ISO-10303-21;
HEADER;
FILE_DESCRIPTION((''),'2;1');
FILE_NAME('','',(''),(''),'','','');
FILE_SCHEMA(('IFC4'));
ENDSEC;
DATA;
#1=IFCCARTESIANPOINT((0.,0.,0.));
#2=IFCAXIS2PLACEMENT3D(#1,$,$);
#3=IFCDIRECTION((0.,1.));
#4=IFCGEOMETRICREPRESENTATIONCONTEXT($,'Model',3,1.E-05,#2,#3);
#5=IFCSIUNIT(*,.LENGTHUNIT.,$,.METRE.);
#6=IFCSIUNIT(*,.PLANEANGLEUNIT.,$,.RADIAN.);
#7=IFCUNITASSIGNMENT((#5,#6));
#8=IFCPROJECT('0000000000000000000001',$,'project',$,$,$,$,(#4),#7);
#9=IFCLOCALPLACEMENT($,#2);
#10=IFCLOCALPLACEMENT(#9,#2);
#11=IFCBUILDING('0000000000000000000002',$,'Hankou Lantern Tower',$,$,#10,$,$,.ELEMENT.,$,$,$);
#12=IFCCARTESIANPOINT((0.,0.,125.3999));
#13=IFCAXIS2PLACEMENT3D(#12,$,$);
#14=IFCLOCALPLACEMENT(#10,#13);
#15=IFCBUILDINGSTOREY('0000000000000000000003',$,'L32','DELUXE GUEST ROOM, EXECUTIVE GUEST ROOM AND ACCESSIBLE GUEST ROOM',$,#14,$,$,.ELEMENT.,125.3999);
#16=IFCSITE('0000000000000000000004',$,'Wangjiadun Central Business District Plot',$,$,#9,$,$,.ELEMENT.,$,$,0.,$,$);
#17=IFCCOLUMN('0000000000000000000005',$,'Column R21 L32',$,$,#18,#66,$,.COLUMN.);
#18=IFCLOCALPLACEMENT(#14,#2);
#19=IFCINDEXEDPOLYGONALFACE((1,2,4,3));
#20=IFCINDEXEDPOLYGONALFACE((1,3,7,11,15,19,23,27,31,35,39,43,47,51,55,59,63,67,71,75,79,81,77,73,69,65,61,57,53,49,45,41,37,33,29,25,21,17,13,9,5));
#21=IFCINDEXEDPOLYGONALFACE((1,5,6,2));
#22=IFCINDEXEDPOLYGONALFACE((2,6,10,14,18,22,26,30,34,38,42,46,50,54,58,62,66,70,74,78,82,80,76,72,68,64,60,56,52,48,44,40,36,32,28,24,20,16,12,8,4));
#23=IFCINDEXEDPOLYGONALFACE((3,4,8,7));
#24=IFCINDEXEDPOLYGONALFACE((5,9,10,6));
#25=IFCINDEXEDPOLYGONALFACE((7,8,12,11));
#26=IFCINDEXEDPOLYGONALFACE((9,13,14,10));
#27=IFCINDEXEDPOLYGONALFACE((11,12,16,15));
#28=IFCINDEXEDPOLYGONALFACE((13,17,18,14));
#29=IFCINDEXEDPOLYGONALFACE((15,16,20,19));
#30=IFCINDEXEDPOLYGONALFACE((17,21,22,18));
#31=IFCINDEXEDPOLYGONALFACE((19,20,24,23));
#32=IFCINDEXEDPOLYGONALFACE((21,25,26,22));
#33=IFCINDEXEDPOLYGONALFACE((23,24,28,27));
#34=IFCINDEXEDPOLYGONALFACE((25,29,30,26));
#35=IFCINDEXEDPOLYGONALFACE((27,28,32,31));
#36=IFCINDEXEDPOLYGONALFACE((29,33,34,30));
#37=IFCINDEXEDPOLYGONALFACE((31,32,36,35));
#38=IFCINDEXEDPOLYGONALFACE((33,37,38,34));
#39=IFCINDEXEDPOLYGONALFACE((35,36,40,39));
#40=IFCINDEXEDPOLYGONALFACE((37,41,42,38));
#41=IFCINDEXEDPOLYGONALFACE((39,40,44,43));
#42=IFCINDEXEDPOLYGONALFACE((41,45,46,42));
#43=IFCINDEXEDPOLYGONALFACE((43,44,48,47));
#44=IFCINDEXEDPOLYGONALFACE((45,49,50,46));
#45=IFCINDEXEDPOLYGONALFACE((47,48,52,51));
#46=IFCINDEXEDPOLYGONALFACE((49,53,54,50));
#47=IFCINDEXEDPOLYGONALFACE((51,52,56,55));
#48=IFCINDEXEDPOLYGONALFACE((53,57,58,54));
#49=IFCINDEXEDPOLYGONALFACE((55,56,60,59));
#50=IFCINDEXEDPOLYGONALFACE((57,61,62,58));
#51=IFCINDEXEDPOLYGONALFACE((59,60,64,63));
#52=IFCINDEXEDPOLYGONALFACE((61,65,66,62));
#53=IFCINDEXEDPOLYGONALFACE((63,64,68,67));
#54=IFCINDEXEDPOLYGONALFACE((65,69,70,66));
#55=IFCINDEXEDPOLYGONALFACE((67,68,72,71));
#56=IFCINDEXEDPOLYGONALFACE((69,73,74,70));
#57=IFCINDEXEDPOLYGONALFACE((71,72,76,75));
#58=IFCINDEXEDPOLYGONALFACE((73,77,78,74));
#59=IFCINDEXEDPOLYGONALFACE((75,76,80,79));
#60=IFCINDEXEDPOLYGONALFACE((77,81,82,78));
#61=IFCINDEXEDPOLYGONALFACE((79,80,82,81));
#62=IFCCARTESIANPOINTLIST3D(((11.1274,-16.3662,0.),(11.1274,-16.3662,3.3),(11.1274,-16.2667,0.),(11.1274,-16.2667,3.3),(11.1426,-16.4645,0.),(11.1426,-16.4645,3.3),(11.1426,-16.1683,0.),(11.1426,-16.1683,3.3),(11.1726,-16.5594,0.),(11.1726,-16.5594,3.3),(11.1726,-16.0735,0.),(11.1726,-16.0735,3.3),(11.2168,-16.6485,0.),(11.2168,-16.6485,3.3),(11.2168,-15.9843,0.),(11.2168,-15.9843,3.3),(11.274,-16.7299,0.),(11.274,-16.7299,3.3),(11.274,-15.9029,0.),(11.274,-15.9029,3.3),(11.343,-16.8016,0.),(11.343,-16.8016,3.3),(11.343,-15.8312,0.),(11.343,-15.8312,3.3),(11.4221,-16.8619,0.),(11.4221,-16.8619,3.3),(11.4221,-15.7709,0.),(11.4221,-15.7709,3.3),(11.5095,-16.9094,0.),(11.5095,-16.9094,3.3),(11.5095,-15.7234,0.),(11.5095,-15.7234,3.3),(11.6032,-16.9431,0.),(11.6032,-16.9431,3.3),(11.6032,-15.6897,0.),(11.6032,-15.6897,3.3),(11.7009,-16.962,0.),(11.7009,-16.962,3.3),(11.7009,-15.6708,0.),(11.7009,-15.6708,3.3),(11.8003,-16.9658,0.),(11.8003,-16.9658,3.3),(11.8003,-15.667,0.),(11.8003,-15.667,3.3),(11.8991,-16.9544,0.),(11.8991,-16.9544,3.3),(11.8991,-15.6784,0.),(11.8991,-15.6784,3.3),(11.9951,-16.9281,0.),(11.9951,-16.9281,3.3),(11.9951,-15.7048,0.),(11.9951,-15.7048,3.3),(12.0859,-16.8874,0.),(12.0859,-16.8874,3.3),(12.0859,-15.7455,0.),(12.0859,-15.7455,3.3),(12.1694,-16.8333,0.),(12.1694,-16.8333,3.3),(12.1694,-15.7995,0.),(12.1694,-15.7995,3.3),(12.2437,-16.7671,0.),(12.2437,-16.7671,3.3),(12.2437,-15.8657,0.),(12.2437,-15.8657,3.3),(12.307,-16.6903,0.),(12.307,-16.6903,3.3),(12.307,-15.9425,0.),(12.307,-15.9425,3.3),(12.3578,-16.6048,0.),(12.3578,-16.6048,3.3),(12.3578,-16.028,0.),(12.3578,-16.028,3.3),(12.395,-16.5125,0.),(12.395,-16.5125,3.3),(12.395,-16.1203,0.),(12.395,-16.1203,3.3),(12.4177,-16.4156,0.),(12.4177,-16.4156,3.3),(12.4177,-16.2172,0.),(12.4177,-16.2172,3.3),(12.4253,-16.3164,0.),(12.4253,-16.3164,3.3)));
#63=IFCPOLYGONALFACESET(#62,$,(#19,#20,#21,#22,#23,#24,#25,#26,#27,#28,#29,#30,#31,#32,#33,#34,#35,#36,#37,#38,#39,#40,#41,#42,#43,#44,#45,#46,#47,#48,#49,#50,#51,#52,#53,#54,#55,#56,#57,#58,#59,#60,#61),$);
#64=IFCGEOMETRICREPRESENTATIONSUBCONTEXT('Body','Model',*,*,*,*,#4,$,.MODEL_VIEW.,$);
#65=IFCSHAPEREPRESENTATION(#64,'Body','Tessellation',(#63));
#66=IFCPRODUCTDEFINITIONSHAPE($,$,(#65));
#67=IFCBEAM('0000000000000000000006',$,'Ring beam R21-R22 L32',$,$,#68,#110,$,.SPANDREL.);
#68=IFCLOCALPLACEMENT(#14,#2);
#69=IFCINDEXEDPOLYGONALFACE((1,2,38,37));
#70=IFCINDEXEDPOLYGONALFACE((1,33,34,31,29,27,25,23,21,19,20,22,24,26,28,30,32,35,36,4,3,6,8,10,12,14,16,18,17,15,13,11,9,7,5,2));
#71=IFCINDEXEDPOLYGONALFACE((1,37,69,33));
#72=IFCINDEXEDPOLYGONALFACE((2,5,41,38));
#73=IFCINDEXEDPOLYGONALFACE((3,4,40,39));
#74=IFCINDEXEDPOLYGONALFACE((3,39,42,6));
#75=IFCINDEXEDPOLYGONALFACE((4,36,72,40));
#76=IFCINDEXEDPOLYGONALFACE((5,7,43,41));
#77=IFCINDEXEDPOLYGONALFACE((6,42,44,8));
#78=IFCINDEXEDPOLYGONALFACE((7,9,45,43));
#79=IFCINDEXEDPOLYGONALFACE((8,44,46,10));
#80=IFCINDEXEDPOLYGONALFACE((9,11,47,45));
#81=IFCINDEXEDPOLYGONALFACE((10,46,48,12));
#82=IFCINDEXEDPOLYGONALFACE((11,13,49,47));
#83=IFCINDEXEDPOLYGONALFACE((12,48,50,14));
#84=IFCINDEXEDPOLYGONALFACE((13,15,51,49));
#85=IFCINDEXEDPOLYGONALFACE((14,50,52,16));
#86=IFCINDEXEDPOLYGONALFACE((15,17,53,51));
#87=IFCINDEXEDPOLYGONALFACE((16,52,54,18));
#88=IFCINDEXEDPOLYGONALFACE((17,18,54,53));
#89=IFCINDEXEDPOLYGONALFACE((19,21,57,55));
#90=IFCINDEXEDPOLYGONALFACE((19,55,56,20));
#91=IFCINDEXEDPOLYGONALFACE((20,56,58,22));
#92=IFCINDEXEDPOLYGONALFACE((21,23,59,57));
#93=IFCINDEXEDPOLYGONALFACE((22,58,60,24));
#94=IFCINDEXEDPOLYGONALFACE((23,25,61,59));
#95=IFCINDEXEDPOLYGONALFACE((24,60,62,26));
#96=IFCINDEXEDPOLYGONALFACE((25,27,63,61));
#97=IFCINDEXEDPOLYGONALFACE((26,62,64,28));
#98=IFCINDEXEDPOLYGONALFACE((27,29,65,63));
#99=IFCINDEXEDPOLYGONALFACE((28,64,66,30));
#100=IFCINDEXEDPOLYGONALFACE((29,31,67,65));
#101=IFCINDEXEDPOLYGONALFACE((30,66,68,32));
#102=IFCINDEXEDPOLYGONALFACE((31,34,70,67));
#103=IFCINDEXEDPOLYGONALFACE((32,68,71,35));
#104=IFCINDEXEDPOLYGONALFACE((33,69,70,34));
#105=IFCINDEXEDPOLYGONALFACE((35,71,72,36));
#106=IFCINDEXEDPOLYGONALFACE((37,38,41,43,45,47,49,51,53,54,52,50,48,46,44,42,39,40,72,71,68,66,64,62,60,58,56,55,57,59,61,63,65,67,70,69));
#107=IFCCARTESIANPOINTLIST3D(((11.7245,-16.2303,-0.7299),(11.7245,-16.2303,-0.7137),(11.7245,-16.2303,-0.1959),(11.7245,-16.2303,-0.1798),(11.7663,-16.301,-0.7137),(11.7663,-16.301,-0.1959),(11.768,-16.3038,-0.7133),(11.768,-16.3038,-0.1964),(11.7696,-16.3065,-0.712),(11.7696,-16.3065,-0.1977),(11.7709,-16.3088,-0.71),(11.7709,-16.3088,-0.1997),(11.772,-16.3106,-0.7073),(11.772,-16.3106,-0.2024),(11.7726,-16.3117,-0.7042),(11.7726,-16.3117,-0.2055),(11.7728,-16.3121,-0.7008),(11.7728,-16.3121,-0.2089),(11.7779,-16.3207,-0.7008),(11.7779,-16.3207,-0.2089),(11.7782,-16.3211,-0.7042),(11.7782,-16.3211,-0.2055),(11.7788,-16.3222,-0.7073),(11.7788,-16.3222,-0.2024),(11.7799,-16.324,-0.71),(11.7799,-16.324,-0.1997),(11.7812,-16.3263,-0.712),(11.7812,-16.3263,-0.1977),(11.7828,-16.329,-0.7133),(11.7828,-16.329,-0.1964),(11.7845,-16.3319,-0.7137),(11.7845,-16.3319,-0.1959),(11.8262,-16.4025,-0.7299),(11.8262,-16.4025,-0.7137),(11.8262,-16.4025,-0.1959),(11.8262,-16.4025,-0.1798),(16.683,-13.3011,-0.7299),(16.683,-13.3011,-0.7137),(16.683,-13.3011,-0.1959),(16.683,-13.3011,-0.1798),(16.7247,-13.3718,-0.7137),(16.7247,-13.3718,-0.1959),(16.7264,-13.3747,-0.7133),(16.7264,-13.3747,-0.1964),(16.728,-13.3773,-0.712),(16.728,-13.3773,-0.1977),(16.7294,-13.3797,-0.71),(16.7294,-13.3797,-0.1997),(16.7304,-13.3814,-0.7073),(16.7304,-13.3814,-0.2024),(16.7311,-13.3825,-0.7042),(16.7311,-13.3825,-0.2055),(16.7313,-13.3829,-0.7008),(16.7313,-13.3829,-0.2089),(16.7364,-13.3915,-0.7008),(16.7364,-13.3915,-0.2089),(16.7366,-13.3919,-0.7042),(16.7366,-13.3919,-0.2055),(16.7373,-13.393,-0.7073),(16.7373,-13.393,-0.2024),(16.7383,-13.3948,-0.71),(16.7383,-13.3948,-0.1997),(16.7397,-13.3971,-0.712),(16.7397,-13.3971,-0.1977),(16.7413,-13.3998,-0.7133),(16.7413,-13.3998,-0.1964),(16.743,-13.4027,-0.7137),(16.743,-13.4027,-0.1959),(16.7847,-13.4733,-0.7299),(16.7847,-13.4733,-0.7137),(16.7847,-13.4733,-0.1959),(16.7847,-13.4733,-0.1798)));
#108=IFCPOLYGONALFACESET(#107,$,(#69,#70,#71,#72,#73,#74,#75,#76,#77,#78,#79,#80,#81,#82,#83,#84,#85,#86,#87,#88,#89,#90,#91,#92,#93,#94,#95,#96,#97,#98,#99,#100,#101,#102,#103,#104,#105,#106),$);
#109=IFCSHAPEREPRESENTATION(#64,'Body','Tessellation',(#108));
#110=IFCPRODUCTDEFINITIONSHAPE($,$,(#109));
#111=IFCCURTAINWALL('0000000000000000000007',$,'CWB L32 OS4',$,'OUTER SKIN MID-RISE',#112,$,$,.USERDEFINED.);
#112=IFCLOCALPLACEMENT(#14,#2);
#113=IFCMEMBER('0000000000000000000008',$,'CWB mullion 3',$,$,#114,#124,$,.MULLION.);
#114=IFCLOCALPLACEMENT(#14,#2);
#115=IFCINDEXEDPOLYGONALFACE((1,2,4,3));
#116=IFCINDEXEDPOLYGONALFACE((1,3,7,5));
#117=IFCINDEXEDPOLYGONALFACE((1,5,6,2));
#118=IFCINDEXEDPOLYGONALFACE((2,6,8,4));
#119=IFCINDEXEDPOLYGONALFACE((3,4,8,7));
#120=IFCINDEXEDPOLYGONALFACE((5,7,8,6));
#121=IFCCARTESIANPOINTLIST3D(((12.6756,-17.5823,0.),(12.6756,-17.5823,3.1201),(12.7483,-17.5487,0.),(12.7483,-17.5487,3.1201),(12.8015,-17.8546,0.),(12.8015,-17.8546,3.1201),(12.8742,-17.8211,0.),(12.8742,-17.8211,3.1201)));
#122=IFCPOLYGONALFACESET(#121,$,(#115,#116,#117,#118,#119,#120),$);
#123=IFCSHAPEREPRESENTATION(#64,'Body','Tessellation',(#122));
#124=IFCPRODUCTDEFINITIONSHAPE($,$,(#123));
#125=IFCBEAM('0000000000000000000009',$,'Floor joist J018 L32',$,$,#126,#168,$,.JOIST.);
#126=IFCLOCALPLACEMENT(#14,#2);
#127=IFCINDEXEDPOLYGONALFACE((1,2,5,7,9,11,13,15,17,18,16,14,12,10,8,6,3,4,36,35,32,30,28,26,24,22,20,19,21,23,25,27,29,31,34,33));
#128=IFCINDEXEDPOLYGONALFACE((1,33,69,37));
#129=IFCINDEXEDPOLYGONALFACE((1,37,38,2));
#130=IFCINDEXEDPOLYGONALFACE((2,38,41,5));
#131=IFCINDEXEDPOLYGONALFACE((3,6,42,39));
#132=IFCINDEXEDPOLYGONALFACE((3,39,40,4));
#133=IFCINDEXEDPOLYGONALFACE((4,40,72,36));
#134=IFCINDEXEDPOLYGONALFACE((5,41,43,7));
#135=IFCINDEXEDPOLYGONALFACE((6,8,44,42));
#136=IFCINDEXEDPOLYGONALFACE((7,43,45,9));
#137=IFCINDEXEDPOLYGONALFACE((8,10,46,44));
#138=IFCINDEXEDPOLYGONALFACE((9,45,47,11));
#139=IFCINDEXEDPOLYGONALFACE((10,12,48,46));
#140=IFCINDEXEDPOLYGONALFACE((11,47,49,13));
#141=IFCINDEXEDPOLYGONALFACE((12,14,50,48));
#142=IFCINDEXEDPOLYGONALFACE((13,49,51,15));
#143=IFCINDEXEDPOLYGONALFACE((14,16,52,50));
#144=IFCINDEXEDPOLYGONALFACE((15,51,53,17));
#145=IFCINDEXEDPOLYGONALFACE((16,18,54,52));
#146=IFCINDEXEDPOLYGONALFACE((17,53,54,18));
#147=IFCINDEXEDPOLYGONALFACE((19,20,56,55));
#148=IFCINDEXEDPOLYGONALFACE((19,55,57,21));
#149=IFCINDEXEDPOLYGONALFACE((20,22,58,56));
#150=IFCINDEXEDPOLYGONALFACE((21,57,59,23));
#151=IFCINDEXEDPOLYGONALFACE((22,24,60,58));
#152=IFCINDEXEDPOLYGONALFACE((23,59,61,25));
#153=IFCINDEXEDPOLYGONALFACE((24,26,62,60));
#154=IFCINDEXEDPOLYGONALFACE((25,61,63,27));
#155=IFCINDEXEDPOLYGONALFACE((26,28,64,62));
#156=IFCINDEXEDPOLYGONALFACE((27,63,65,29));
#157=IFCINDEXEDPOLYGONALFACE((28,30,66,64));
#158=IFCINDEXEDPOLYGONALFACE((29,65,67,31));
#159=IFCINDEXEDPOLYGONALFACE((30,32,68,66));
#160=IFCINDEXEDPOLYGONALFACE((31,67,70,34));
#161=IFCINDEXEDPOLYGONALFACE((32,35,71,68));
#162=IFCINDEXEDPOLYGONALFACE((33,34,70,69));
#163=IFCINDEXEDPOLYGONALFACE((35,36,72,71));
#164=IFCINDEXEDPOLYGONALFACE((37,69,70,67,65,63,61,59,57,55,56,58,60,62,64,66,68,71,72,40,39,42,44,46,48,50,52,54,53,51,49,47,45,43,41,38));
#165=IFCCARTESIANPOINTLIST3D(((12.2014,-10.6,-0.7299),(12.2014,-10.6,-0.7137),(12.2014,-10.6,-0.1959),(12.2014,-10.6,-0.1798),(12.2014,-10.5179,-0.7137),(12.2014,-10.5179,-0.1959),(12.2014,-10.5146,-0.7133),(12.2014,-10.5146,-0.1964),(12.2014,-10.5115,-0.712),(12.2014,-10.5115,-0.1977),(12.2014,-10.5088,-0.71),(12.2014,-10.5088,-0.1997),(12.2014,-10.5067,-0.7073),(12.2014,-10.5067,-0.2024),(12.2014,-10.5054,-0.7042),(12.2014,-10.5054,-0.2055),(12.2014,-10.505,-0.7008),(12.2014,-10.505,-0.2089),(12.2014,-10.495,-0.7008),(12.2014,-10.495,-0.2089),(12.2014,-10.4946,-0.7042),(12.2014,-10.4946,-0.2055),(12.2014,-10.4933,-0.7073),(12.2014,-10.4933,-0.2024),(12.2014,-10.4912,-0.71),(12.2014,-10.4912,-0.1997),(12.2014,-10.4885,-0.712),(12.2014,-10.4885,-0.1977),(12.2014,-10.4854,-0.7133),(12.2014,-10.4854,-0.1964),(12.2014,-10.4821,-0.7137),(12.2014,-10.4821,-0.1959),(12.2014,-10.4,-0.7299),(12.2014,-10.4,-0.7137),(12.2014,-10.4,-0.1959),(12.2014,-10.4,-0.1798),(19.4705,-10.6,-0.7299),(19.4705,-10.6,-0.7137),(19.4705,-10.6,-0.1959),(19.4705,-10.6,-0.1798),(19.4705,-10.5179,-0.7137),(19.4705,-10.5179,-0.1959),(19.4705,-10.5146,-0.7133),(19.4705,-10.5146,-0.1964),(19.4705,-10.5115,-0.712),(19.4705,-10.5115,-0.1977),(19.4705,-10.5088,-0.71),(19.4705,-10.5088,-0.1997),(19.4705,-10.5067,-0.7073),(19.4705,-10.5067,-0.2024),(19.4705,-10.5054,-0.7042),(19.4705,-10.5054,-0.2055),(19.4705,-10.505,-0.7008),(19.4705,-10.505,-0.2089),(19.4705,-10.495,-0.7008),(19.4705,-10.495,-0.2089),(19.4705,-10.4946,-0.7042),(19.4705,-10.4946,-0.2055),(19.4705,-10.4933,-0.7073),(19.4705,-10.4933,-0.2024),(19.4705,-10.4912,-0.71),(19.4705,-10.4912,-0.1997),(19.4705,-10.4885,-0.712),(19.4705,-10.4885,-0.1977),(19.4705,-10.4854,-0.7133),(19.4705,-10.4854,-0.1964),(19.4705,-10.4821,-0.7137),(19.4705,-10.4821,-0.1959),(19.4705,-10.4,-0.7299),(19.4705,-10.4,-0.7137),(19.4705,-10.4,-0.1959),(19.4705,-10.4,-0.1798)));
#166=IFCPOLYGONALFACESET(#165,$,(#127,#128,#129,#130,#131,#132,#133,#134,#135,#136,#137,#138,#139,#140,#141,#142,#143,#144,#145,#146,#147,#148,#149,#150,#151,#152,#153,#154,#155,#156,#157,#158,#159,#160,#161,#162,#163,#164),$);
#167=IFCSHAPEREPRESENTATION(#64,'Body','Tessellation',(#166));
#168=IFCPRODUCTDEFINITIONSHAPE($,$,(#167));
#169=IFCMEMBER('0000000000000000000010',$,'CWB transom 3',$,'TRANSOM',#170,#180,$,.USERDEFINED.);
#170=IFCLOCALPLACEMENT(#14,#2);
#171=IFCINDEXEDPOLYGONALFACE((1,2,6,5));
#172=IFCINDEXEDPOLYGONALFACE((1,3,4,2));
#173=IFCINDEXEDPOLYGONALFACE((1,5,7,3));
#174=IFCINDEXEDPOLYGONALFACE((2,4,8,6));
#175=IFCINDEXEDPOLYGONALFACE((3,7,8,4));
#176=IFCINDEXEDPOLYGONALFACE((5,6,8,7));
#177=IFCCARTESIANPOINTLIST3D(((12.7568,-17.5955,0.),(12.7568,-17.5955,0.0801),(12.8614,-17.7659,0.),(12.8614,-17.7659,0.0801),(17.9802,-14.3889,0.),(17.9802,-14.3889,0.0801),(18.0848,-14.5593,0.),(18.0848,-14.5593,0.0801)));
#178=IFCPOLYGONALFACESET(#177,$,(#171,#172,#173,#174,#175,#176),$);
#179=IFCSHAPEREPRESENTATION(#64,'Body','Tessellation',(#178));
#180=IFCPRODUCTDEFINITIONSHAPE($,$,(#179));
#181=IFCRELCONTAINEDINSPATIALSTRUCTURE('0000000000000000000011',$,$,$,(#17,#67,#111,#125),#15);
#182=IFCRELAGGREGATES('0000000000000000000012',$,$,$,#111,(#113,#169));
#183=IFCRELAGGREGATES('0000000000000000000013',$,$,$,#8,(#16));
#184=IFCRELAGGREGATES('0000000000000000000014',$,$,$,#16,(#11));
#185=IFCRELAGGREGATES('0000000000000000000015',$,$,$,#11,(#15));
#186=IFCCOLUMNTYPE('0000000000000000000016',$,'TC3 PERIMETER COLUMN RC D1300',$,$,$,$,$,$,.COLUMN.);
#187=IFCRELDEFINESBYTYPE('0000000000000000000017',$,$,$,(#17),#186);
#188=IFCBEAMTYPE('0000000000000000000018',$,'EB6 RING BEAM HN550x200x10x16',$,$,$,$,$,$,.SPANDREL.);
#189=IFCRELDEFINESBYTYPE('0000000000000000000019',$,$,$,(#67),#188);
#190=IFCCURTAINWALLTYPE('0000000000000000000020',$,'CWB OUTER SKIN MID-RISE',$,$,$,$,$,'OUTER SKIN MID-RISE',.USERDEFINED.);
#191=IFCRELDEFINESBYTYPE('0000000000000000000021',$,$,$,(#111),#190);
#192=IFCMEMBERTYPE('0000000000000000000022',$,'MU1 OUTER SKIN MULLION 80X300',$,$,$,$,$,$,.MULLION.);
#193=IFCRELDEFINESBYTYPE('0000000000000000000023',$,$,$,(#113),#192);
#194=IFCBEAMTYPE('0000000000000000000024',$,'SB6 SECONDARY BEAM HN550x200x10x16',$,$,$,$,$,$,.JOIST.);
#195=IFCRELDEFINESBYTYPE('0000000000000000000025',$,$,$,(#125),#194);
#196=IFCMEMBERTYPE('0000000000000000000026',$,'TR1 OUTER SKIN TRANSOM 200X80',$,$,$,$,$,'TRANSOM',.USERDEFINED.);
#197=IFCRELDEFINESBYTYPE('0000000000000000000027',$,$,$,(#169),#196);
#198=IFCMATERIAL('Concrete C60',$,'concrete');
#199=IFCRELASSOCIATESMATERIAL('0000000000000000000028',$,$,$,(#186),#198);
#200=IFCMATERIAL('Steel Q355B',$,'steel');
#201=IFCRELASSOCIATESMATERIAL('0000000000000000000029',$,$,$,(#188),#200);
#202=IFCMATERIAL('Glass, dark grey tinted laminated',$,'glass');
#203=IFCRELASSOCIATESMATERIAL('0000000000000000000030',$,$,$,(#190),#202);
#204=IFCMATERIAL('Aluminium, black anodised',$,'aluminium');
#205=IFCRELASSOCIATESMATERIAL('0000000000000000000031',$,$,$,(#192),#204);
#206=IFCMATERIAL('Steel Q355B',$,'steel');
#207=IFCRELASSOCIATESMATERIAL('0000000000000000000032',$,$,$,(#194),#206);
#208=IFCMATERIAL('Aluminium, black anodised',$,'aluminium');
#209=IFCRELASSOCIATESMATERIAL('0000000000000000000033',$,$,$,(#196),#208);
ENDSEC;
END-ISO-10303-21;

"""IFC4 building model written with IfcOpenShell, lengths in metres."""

from ifc_helpers import new_model, si_unit, direction, frame, origin, origin_2d, place, context, subcontext, project, spatial, rectangle, circle, i_section, extrude, material, material_profile, profile_set, type_object, element, aggregate, save


model = new_model("IFC4")

# Units and contexts
model_context = context("Model", 3, precision=1e-05, world=origin(), true_north=direction((0.0, 1.0)))
body_context = subcontext(model_context, "Body", "Model", "MODEL_VIEW")
ifc_project = project(units=[si_unit("LENGTHUNIT", "METRE"), si_unit("PLANEANGLEUNIT", "RADIAN")], contexts=[model_context])

# Site, building, storey
site_placement = place(None, origin())
site = spatial("IfcSite", under=ifc_project, at=site_placement, Name="Wangjiadun Central Business District Plot", CompositionType="ELEMENT", RefElevation=0.0)
building_placement = place(site_placement, origin())
building = spatial("IfcBuilding", under=site, at=building_placement, Name="Hankou Lantern Tower", CompositionType="ELEMENT")
storey_placement = place(building_placement, frame((0.0, 0.0, 125.3999)))
storey = spatial("IfcBuildingStorey", under=building, at=storey_placement, Name="L32", Description="DELUXE GUEST ROOM, EXECUTIVE GUEST ROOM AND ACCESSIBLE GUEST ROOM", CompositionType="ELEMENT", Elevation=125.3999)

# Column
ifc_material_1 = material(Name="Concrete C60", Category="concrete")
ifc_material_profile_1 = material_profile(ifc_material_1, circle(Radius=0.6499, at=origin_2d()), Name="RC D1300")
ifc_profile_set_1 = profile_set([ifc_material_profile_1], Name="Concrete C60")
column_type = type_object("IfcColumnType", Name="TC3 PERIMETER COLUMN RC D1300", PredefinedType="COLUMN", material=ifc_profile_set_1)
column_placement = place(storey_placement, frame((11.7754, -16.3164, 0.0), z_axis=(0.0, 0.0, 1.0), x_axis=(1.0, 0.0, 0.0)))
element("IfcColumn", 1, at=column_placement, inside=storey, type_object=column_type, Name="Column R21 L32", PredefinedType="COLUMN", context=body_context, shape_type="SweptSolid", body=[
    extrude(circle(Radius=0.6499, at=origin_2d()), origin(), (0.0, 0.0, 1.0), 3.3),
])

# Beam
ifc_material_2 = material(Name="Steel Q355B", Category="steel")
ifc_material_profile_2 = material_profile(ifc_material_2, i_section(OverallWidth=0.2, OverallDepth=0.55, WebThickness=0.01, FlangeThickness=0.0161, FilletRadius=0.0129, at=origin_2d()), Name="HN550x200x10x16")
ifc_profile_set_2 = profile_set([ifc_material_profile_2], Name="Steel Q355B")
beam_type_1 = type_object("IfcBeamType", Name="EB6 RING BEAM HN550x200x10x16", PredefinedType="SPANDREL", material=ifc_profile_set_2)
beam_1_placement = place(storey_placement, frame((11.7754, -16.3164, -0.4548), z_axis=(0.860989, 0.508624, 0.0), x_axis=(-0.508624, 0.860989, 0.0)))
element("IfcBeam", 2, at=beam_1_placement, inside=storey, type_object=beam_type_1, Name="Ring beam R21-R22 L32", PredefinedType="SPANDREL", context=body_context, shape_type="SweptSolid", body=[
    extrude(i_section(OverallWidth=0.2, OverallDepth=0.55, WebThickness=0.01, FlangeThickness=0.0161, FilletRadius=0.0129, at=origin_2d()), origin(), (0.0, 0.0, 1.0), 5.759),
])

# Curtain wall, member
ifc_material_3 = material(Name="Glass, dark grey tinted laminated", Category="glass")
curtain_wall_type = type_object("IfcCurtainWallType", Name="CWB OUTER SKIN MID-RISE", ElementType="OUTER SKIN MID-RISE", PredefinedType="USERDEFINED", material=ifc_material_3)
curtain_wall_placement = place(storey_placement, origin())
curtain_wall = element("IfcCurtainWall", 3, at=curtain_wall_placement, inside=storey, type_object=curtain_wall_type, Name="CWB L32 OS4", ObjectType="OUTER SKIN MID-RISE", PredefinedType="USERDEFINED")
ifc_material_4 = material(Name="Aluminium, black anodised", Category="aluminium")
ifc_material_profile_3 = material_profile(ifc_material_4, rectangle(XDim=0.0801, YDim=0.3, at=origin_2d()), Name="MU1 80X300")
ifc_profile_set_3 = profile_set([ifc_material_profile_3], Name="Aluminium, black anodised")
member_type_1 = type_object("IfcMemberType", Name="MU1 OUTER SKIN MULLION 80X300", PredefinedType="MULLION", material=ifc_profile_set_3)
member_1_placement = place(storey_placement, frame((12.7749, -17.7017, 0.0), z_axis=(0.0, 0.0, 1.0), x_axis=(0.907841, 0.419314, 0.0)))
member_1 = element("IfcMember", 4, at=member_1_placement, type_object=member_type_1, Name="CWB mullion 3", PredefinedType="MULLION", context=body_context, shape_type="SweptSolid", body=[
    extrude(rectangle(XDim=0.0801, YDim=0.3, at=origin_2d()), origin(), (0.0, 0.0, 1.0), 3.1201),
])

# Beam
ifc_material_5 = material(Name="Steel Q355B", Category="steel")
ifc_material_profile_4 = material_profile(ifc_material_5, i_section(OverallWidth=0.2, OverallDepth=0.55, WebThickness=0.01, FlangeThickness=0.0161, FilletRadius=0.0129, at=origin_2d()), Name="HN550x200x10x16")
ifc_profile_set_4 = profile_set([ifc_material_profile_4], Name="Steel Q355B")
beam_type_2 = type_object("IfcBeamType", Name="SB6 SECONDARY BEAM HN550x200x10x16", PredefinedType="JOIST", material=ifc_profile_set_4)
beam_2_placement = place(storey_placement, frame((12.2014, -10.5, -0.4548), z_axis=(1.0, 0.0, 0.0), x_axis=(0.0, 1.0, 0.0)))
element("IfcBeam", 5, at=beam_2_placement, inside=storey, type_object=beam_type_2, Name="Floor joist J018 L32", PredefinedType="JOIST", context=body_context, shape_type="SweptSolid", body=[
    extrude(i_section(OverallWidth=0.2, OverallDepth=0.55, WebThickness=0.01, FlangeThickness=0.0161, FilletRadius=0.0129, at=origin_2d()), origin(), (0.0, 0.0, 1.0), 7.269),
])

# Member
ifc_material_6 = material(Name="Aluminium, black anodised", Category="aluminium")
ifc_material_profile_5 = material_profile(ifc_material_6, rectangle(XDim=0.2, YDim=0.0801, at=origin_2d()), Name="TR1 200X80")
ifc_profile_set_5 = profile_set([ifc_material_profile_5], Name="Aluminium, black anodised")
member_type_2 = type_object("IfcMemberType", Name="TR1 OUTER SKIN TRANSOM 200X80", ElementType="TRANSOM", PredefinedType="USERDEFINED", material=ifc_profile_set_5)
member_2_placement = place(storey_placement, frame((12.8091, -17.6807, 0.04), z_axis=(0.852229, 0.523168, 0.0), x_axis=(-0.523168, 0.852229, 0.0)))
member_2 = element("IfcMember", 6, at=member_2_placement, type_object=member_type_2, Name="CWB transom 3", ObjectType="TRANSOM", PredefinedType="USERDEFINED", context=body_context, shape_type="SweptSolid", body=[
    extrude(rectangle(XDim=0.2, YDim=0.0801, at=origin_2d()), origin(), (0.0, 0.0, 1.0), 6.1292),
])

aggregate(curtain_wall, [member_1, member_2])

save(model, "model.ifc")
